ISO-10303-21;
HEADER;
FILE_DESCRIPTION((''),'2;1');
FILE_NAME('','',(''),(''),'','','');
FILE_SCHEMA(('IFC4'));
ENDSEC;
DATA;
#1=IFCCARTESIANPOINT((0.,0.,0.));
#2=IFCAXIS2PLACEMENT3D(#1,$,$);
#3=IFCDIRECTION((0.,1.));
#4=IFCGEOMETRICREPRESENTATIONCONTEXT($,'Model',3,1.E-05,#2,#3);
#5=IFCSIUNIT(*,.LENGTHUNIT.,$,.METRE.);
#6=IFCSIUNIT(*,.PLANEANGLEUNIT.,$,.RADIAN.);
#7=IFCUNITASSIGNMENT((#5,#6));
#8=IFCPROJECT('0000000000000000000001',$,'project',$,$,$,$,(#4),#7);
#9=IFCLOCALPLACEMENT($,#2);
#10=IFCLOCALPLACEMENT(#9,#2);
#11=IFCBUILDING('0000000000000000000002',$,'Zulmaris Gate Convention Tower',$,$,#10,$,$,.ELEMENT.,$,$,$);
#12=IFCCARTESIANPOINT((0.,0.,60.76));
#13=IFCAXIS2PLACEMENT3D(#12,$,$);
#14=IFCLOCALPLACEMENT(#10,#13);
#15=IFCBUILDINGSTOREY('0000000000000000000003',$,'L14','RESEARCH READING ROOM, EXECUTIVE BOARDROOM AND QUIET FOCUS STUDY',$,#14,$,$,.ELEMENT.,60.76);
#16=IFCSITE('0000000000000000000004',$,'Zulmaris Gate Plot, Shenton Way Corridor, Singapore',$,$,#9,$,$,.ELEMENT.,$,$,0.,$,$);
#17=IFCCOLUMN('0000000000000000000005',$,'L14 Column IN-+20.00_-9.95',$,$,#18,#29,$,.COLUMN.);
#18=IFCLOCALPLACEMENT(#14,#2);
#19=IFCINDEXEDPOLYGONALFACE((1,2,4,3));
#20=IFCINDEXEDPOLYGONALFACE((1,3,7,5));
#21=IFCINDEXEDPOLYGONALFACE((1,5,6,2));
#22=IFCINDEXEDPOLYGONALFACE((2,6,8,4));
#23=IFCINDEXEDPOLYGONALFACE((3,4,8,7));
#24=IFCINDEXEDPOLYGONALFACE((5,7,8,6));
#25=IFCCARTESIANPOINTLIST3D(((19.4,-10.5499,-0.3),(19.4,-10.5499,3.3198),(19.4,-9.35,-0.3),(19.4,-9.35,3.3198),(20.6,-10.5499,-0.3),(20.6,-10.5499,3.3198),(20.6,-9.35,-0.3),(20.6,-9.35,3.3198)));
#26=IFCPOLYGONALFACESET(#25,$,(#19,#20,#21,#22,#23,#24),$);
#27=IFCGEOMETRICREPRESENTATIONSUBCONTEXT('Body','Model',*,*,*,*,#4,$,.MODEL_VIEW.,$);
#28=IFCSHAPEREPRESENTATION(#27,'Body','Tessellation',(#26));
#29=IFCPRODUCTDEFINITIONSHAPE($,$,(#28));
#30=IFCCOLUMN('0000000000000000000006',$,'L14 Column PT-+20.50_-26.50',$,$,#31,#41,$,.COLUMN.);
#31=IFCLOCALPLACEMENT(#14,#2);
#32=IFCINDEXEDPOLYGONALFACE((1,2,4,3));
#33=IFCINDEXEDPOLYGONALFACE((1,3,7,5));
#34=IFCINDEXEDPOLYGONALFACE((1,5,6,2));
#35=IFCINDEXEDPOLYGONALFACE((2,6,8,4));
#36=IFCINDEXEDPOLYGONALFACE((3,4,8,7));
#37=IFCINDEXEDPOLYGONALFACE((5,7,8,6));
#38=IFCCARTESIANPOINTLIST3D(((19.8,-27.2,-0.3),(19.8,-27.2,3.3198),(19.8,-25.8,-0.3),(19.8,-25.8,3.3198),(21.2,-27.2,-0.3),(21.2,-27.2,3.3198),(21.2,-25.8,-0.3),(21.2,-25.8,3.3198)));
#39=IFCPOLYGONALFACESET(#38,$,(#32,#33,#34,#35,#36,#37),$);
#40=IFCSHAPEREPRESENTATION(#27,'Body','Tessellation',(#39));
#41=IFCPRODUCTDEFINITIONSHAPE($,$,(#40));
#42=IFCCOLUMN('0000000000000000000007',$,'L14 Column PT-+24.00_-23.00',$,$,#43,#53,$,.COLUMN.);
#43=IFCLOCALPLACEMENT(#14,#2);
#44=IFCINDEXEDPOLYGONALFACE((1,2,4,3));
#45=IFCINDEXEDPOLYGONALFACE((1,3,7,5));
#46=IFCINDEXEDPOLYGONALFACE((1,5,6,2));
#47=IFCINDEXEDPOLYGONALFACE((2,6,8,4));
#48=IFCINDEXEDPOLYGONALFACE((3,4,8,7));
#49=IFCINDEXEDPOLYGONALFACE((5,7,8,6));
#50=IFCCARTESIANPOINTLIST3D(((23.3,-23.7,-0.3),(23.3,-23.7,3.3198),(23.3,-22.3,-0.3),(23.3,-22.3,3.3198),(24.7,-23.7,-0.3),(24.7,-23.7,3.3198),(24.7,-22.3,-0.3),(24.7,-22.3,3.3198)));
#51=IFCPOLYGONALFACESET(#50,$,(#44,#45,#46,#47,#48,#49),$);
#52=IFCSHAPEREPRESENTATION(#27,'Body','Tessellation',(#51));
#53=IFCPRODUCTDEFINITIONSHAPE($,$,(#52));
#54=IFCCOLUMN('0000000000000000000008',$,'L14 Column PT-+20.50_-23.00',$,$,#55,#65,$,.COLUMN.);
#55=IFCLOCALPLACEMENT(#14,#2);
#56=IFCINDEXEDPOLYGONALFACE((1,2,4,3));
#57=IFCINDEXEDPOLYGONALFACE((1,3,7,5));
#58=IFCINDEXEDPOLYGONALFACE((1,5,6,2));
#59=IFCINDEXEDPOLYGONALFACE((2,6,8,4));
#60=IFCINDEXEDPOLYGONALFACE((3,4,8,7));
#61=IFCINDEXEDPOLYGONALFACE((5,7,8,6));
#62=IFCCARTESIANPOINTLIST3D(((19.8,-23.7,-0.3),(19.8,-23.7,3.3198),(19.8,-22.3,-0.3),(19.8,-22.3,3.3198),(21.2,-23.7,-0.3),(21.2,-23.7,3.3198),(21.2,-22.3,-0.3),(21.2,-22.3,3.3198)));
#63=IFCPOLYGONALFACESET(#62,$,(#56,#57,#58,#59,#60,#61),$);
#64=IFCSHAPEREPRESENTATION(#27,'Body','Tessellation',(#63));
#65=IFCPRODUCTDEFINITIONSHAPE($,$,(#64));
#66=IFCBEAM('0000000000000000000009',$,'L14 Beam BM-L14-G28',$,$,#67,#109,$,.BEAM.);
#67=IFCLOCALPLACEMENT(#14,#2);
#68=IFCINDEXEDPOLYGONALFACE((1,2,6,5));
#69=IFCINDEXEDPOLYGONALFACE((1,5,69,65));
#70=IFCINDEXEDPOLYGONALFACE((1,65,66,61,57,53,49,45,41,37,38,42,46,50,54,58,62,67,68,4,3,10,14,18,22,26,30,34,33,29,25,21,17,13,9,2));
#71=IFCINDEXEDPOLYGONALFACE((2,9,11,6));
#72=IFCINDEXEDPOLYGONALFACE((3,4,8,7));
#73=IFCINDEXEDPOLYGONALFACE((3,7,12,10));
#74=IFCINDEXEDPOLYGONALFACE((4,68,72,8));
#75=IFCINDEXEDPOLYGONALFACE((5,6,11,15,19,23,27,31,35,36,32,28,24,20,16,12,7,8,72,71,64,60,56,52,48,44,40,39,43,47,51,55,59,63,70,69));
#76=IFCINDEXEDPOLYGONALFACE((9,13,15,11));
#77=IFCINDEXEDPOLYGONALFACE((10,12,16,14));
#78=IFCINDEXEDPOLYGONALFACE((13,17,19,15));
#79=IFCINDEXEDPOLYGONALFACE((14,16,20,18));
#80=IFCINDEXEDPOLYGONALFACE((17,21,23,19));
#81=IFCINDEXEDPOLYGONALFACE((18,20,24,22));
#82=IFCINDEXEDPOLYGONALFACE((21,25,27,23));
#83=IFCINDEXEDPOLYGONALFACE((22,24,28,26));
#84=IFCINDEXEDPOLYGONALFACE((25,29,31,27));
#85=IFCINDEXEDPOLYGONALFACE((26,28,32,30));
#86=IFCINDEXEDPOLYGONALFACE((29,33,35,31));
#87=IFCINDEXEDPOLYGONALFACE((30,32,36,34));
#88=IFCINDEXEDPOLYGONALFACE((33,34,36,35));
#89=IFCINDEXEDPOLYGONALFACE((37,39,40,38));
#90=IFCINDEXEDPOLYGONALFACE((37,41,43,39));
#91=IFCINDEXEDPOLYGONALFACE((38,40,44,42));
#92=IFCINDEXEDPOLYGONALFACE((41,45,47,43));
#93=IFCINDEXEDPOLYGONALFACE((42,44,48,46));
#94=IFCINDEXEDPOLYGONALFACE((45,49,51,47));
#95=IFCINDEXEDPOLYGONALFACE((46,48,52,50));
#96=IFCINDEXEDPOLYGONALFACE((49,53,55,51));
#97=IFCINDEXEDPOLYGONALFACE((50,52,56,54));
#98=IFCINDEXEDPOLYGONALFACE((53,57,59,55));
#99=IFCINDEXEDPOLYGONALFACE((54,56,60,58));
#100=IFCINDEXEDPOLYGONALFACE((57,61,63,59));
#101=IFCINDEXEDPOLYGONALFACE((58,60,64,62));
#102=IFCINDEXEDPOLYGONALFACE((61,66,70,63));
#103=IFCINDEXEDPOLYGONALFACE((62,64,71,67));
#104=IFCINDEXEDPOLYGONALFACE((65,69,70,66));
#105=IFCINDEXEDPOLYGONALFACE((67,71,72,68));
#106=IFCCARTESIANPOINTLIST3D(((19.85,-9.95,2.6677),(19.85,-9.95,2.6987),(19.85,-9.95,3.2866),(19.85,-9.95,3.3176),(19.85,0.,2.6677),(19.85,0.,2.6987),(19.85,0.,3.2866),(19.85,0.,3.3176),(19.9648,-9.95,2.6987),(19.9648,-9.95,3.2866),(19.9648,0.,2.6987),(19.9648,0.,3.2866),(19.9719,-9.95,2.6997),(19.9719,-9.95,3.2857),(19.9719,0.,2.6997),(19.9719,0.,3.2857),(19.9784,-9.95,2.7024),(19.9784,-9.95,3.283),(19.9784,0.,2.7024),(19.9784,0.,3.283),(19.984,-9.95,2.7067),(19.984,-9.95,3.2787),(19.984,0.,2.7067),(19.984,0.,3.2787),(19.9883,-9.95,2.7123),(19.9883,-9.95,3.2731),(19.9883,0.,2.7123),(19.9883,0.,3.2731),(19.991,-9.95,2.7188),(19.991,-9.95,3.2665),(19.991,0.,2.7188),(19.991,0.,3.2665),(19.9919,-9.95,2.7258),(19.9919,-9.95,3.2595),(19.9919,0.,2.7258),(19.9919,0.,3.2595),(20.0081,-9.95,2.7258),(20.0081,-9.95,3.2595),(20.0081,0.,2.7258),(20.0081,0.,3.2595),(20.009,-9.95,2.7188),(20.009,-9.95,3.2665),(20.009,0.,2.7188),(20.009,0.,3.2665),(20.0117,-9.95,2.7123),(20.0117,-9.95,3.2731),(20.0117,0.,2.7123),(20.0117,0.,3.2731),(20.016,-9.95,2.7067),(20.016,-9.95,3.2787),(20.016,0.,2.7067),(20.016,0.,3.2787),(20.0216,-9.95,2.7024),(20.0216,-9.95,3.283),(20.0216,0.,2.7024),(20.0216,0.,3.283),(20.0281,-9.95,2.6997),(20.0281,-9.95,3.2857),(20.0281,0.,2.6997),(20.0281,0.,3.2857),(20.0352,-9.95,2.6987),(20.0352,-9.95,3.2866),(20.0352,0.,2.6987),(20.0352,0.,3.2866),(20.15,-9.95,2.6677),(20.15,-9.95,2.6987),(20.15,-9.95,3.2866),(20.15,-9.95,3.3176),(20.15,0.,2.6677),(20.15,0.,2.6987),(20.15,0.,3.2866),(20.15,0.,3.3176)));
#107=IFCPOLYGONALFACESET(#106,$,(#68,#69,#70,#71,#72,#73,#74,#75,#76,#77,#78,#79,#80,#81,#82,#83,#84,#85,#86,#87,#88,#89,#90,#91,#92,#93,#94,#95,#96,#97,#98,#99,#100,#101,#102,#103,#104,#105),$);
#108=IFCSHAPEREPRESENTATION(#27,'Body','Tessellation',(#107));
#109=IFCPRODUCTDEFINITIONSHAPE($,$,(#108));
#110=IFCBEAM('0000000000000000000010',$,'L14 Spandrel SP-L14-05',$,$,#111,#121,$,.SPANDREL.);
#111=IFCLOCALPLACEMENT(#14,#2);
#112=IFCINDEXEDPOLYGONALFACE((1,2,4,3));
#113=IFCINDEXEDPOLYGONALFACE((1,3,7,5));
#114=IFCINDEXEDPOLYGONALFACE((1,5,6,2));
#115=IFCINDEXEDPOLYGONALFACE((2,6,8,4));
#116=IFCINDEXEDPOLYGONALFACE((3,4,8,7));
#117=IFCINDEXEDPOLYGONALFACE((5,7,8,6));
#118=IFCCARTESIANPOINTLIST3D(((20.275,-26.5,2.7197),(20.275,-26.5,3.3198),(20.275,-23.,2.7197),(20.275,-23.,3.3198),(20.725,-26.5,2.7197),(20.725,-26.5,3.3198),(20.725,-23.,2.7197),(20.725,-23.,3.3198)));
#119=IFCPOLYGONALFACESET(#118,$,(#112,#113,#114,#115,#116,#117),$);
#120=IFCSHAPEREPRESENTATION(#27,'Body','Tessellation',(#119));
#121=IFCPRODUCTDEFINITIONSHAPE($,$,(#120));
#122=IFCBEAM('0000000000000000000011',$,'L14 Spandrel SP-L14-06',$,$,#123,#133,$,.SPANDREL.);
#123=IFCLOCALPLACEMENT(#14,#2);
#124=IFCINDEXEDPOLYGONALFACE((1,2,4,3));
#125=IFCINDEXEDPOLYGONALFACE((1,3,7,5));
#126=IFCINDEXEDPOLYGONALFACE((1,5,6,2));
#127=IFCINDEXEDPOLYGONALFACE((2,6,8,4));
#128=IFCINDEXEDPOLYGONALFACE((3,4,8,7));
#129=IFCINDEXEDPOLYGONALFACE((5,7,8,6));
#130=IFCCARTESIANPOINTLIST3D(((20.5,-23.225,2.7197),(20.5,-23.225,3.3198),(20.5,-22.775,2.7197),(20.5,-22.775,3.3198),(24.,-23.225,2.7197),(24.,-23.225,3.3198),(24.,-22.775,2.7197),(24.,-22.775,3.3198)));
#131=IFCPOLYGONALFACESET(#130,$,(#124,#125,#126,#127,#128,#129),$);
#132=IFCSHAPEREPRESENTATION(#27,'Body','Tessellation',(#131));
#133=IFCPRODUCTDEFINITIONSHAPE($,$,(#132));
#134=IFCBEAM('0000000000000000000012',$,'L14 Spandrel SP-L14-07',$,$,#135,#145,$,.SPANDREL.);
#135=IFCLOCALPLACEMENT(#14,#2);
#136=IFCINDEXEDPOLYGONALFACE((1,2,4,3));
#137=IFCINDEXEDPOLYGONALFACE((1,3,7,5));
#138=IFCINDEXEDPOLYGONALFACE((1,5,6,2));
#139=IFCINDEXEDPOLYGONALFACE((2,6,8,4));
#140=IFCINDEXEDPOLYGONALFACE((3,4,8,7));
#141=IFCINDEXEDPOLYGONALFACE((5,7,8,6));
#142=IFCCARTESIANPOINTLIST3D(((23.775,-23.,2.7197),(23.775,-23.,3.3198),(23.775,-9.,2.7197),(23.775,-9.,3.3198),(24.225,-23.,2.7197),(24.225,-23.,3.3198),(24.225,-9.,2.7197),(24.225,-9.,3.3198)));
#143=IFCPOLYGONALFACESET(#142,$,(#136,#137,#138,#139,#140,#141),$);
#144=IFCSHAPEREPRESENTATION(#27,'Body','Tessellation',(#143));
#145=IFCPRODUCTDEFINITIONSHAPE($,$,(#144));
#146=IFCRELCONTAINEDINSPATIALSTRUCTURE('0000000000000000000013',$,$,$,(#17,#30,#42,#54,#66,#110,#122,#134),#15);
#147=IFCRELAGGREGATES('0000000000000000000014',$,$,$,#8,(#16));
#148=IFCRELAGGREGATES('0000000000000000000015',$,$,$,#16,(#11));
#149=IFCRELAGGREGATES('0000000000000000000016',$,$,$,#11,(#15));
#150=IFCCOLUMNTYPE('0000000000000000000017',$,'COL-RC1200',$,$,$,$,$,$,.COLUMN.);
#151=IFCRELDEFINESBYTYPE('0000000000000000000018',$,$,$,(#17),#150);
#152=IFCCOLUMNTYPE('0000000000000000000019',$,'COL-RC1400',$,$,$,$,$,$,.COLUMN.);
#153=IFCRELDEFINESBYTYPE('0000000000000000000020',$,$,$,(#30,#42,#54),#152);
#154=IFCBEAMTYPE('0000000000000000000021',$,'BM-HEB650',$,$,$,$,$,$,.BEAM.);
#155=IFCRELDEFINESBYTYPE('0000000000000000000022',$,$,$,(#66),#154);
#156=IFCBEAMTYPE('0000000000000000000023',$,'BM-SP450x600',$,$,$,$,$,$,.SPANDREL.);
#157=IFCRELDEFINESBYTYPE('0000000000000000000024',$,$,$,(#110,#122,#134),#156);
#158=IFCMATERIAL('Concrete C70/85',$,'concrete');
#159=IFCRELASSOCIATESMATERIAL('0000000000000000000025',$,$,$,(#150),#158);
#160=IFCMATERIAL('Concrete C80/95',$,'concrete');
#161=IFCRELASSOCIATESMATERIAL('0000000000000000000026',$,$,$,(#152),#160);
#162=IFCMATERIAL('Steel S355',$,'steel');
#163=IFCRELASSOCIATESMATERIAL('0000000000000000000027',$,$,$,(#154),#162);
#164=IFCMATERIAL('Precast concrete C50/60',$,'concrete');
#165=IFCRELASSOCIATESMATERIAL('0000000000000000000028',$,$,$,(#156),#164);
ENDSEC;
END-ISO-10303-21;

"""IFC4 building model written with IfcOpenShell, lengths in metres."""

from ifc_helpers import new_model, si_unit, direction, frame, origin, origin_2d, place, context, subcontext, project, spatial, rectangle, i_section, extrude, material, material_profile, profile_set, type_object, element, save


model = new_model("IFC4")

# Units and contexts
model_context = context("Model", 3, precision=1e-05, world=origin(), true_north=direction((0.0, 1.0)))
body_context = subcontext(model_context, "Body", "Model", "MODEL_VIEW")
ifc_project = project(units=[si_unit("LENGTHUNIT", "METRE"), si_unit("PLANEANGLEUNIT", "RADIAN")], contexts=[model_context])

# Site, building, storey
site_placement = place(None, origin())
site = spatial("IfcSite", under=ifc_project, at=site_placement, Name="Zulmaris Gate Plot, Shenton Way Corridor, Singapore", CompositionType="ELEMENT", RefElevation=0.0)
building_placement = place(site_placement, origin())
building = spatial("IfcBuilding", under=site, at=building_placement, Name="Zulmaris Gate Convention Tower", CompositionType="ELEMENT")
storey_placement = place(building_placement, frame((0.0, 0.0, 60.76)))
storey = spatial("IfcBuildingStorey", under=building, at=storey_placement, Name="L14", Description="RESEARCH READING ROOM, EXECUTIVE BOARDROOM AND QUIET FOCUS STUDY", CompositionType="ELEMENT", Elevation=60.76)

# Columns
ifc_material_1 = material(Name="Concrete C70/85", Category="concrete")
ifc_material_profile_1 = material_profile(ifc_material_1, rectangle(XDim=1.2, YDim=1.2, at=origin_2d()), Name="RC COL 1200x1200")
ifc_profile_set_1 = profile_set([ifc_material_profile_1], Name="Concrete C70/85")
column_type_1 = type_object("IfcColumnType", Name="COL-RC1200", PredefinedType="COLUMN", material=ifc_profile_set_1)
column_placement = place(storey_placement, frame((20.0, -9.95, -0.3), z_axis=(0.0, 0.0, 1.0), x_axis=(1.0, 0.0, 0.0)))
element("IfcColumn", 1, at=column_placement, inside=storey, type_object=column_type_1, Name="L14 Column IN-+20.00_-9.95", PredefinedType="COLUMN", context=body_context, shape_type="SweptSolid", body=[
    extrude(rectangle(XDim=1.2, YDim=1.2, at=origin_2d()), origin(), (0.0, 0.0, 1.0), 3.6199),
])
ifc_material_2 = material(Name="Concrete C80/95", Category="concrete")
ifc_material_profile_2 = material_profile(ifc_material_2, rectangle(XDim=1.3999, YDim=1.3999, at=origin_2d()), Name="RC COL 1400x1400")
ifc_profile_set_2 = profile_set([ifc_material_profile_2], Name="Concrete C80/95")
column_type_2 = type_object("IfcColumnType", Name="COL-RC1400", PredefinedType="COLUMN", material=ifc_profile_set_2)
for number, where, z_axis, x_axis, name in (
    (2, (20.5, -26.5, -0.3), (0.0, 0.0, 1.0), (1.0, 0.0, 0.0), "L14 Column PT-+20.50_-26.50"),
    (3, (24.0, -23.0, -0.3), (0.0, 0.0, 1.0), (1.0, 0.0, 0.0), "L14 Column PT-+24.00_-23.00"),
    (4, (20.5, -23.0, -0.3), (0.0, 0.0, 1.0), (1.0, 0.0, 0.0), "L14 Column PT-+20.50_-23.00"),
):
    element("IfcColumn", number, at=place(storey_placement, frame(where, z_axis=z_axis, x_axis=x_axis)), inside=storey, type_object=column_type_2, Name=name, PredefinedType="COLUMN", context=body_context, shape_type="SweptSolid", body=[
        extrude(rectangle(XDim=1.3999, YDim=1.3999, at=origin_2d()), origin(), (0.0, 0.0, 1.0), 3.6199),
    ])

# Beams
ifc_material_3 = material(Name="Steel S355", Category="steel")
ifc_material_profile_3 = material_profile(ifc_material_3, i_section(OverallWidth=0.3, OverallDepth=0.6499, WebThickness=0.0161, FlangeThickness=0.031, FilletRadius=0.0271, at=origin_2d()), Name="HEB 650")
ifc_profile_set_3 = profile_set([ifc_material_profile_3], Name="Steel S355")
beam_type_1 = type_object("IfcBeamType", Name="BM-HEB650", PredefinedType="BEAM", material=ifc_profile_set_3)
beam_1_placement = place(storey_placement, frame((20.0, -9.95, 2.9927), z_axis=(0.0, 1.0, 0.0), x_axis=(-1.0, 0.0, 0.0)))
element("IfcBeam", 5, at=beam_1_placement, inside=storey, type_object=beam_type_1, Name="L14 Beam BM-L14-G28", PredefinedType="BEAM", context=body_context, shape_type="SweptSolid", body=[
    extrude(i_section(OverallWidth=0.3, OverallDepth=0.6499, WebThickness=0.0161, FlangeThickness=0.031, FilletRadius=0.0271, at=origin_2d()), origin(), (0.0, 0.0, 1.0), 9.95),
])
ifc_material_4 = material(Name="Precast concrete C50/60", Category="concrete")
ifc_material_profile_4 = material_profile(ifc_material_4, rectangle(XDim=0.45, YDim=0.6001, at=origin_2d()), Name="RC SPANDREL 450x600")
ifc_profile_set_4 = profile_set([ifc_material_profile_4], Name="Precast concrete C50/60")
beam_type_2 = type_object("IfcBeamType", Name="BM-SP450x600", PredefinedType="SPANDREL", material=ifc_profile_set_4)
for number, where, z_axis, x_axis, name in (
    (6, (20.5, -26.5, 3.0198), (0.0, 1.0, 0.0), (-1.0, 0.0, 0.0), "L14 Spandrel SP-L14-05"),
    (7, (20.5, -23.0, 3.0198), (1.0, 0.0, 0.0), (0.0, 1.0, 0.0), "L14 Spandrel SP-L14-06"),
):
    element("IfcBeam", number, at=place(storey_placement, frame(where, z_axis=z_axis, x_axis=x_axis)), inside=storey, type_object=beam_type_2, Name=name, PredefinedType="SPANDREL", context=body_context, shape_type="SweptSolid", body=[
        extrude(rectangle(XDim=0.45, YDim=0.6001, at=origin_2d()), origin(), (0.0, 0.0, 1.0), 3.5),
    ])
beam_2_placement = place(storey_placement, frame((24.0, -23.0, 3.0198), z_axis=(0.0, 1.0, 0.0), x_axis=(-1.0, 0.0, 0.0)))
element("IfcBeam", 8, at=beam_2_placement, inside=storey, type_object=beam_type_2, Name="L14 Spandrel SP-L14-07", PredefinedType="SPANDREL", context=body_context, shape_type="SweptSolid", body=[
    extrude(rectangle(XDim=0.45, YDim=0.6001, at=origin_2d()), origin(), (0.0, 0.0, 1.0), 14.0),
])

save(model, "model.ifc")
